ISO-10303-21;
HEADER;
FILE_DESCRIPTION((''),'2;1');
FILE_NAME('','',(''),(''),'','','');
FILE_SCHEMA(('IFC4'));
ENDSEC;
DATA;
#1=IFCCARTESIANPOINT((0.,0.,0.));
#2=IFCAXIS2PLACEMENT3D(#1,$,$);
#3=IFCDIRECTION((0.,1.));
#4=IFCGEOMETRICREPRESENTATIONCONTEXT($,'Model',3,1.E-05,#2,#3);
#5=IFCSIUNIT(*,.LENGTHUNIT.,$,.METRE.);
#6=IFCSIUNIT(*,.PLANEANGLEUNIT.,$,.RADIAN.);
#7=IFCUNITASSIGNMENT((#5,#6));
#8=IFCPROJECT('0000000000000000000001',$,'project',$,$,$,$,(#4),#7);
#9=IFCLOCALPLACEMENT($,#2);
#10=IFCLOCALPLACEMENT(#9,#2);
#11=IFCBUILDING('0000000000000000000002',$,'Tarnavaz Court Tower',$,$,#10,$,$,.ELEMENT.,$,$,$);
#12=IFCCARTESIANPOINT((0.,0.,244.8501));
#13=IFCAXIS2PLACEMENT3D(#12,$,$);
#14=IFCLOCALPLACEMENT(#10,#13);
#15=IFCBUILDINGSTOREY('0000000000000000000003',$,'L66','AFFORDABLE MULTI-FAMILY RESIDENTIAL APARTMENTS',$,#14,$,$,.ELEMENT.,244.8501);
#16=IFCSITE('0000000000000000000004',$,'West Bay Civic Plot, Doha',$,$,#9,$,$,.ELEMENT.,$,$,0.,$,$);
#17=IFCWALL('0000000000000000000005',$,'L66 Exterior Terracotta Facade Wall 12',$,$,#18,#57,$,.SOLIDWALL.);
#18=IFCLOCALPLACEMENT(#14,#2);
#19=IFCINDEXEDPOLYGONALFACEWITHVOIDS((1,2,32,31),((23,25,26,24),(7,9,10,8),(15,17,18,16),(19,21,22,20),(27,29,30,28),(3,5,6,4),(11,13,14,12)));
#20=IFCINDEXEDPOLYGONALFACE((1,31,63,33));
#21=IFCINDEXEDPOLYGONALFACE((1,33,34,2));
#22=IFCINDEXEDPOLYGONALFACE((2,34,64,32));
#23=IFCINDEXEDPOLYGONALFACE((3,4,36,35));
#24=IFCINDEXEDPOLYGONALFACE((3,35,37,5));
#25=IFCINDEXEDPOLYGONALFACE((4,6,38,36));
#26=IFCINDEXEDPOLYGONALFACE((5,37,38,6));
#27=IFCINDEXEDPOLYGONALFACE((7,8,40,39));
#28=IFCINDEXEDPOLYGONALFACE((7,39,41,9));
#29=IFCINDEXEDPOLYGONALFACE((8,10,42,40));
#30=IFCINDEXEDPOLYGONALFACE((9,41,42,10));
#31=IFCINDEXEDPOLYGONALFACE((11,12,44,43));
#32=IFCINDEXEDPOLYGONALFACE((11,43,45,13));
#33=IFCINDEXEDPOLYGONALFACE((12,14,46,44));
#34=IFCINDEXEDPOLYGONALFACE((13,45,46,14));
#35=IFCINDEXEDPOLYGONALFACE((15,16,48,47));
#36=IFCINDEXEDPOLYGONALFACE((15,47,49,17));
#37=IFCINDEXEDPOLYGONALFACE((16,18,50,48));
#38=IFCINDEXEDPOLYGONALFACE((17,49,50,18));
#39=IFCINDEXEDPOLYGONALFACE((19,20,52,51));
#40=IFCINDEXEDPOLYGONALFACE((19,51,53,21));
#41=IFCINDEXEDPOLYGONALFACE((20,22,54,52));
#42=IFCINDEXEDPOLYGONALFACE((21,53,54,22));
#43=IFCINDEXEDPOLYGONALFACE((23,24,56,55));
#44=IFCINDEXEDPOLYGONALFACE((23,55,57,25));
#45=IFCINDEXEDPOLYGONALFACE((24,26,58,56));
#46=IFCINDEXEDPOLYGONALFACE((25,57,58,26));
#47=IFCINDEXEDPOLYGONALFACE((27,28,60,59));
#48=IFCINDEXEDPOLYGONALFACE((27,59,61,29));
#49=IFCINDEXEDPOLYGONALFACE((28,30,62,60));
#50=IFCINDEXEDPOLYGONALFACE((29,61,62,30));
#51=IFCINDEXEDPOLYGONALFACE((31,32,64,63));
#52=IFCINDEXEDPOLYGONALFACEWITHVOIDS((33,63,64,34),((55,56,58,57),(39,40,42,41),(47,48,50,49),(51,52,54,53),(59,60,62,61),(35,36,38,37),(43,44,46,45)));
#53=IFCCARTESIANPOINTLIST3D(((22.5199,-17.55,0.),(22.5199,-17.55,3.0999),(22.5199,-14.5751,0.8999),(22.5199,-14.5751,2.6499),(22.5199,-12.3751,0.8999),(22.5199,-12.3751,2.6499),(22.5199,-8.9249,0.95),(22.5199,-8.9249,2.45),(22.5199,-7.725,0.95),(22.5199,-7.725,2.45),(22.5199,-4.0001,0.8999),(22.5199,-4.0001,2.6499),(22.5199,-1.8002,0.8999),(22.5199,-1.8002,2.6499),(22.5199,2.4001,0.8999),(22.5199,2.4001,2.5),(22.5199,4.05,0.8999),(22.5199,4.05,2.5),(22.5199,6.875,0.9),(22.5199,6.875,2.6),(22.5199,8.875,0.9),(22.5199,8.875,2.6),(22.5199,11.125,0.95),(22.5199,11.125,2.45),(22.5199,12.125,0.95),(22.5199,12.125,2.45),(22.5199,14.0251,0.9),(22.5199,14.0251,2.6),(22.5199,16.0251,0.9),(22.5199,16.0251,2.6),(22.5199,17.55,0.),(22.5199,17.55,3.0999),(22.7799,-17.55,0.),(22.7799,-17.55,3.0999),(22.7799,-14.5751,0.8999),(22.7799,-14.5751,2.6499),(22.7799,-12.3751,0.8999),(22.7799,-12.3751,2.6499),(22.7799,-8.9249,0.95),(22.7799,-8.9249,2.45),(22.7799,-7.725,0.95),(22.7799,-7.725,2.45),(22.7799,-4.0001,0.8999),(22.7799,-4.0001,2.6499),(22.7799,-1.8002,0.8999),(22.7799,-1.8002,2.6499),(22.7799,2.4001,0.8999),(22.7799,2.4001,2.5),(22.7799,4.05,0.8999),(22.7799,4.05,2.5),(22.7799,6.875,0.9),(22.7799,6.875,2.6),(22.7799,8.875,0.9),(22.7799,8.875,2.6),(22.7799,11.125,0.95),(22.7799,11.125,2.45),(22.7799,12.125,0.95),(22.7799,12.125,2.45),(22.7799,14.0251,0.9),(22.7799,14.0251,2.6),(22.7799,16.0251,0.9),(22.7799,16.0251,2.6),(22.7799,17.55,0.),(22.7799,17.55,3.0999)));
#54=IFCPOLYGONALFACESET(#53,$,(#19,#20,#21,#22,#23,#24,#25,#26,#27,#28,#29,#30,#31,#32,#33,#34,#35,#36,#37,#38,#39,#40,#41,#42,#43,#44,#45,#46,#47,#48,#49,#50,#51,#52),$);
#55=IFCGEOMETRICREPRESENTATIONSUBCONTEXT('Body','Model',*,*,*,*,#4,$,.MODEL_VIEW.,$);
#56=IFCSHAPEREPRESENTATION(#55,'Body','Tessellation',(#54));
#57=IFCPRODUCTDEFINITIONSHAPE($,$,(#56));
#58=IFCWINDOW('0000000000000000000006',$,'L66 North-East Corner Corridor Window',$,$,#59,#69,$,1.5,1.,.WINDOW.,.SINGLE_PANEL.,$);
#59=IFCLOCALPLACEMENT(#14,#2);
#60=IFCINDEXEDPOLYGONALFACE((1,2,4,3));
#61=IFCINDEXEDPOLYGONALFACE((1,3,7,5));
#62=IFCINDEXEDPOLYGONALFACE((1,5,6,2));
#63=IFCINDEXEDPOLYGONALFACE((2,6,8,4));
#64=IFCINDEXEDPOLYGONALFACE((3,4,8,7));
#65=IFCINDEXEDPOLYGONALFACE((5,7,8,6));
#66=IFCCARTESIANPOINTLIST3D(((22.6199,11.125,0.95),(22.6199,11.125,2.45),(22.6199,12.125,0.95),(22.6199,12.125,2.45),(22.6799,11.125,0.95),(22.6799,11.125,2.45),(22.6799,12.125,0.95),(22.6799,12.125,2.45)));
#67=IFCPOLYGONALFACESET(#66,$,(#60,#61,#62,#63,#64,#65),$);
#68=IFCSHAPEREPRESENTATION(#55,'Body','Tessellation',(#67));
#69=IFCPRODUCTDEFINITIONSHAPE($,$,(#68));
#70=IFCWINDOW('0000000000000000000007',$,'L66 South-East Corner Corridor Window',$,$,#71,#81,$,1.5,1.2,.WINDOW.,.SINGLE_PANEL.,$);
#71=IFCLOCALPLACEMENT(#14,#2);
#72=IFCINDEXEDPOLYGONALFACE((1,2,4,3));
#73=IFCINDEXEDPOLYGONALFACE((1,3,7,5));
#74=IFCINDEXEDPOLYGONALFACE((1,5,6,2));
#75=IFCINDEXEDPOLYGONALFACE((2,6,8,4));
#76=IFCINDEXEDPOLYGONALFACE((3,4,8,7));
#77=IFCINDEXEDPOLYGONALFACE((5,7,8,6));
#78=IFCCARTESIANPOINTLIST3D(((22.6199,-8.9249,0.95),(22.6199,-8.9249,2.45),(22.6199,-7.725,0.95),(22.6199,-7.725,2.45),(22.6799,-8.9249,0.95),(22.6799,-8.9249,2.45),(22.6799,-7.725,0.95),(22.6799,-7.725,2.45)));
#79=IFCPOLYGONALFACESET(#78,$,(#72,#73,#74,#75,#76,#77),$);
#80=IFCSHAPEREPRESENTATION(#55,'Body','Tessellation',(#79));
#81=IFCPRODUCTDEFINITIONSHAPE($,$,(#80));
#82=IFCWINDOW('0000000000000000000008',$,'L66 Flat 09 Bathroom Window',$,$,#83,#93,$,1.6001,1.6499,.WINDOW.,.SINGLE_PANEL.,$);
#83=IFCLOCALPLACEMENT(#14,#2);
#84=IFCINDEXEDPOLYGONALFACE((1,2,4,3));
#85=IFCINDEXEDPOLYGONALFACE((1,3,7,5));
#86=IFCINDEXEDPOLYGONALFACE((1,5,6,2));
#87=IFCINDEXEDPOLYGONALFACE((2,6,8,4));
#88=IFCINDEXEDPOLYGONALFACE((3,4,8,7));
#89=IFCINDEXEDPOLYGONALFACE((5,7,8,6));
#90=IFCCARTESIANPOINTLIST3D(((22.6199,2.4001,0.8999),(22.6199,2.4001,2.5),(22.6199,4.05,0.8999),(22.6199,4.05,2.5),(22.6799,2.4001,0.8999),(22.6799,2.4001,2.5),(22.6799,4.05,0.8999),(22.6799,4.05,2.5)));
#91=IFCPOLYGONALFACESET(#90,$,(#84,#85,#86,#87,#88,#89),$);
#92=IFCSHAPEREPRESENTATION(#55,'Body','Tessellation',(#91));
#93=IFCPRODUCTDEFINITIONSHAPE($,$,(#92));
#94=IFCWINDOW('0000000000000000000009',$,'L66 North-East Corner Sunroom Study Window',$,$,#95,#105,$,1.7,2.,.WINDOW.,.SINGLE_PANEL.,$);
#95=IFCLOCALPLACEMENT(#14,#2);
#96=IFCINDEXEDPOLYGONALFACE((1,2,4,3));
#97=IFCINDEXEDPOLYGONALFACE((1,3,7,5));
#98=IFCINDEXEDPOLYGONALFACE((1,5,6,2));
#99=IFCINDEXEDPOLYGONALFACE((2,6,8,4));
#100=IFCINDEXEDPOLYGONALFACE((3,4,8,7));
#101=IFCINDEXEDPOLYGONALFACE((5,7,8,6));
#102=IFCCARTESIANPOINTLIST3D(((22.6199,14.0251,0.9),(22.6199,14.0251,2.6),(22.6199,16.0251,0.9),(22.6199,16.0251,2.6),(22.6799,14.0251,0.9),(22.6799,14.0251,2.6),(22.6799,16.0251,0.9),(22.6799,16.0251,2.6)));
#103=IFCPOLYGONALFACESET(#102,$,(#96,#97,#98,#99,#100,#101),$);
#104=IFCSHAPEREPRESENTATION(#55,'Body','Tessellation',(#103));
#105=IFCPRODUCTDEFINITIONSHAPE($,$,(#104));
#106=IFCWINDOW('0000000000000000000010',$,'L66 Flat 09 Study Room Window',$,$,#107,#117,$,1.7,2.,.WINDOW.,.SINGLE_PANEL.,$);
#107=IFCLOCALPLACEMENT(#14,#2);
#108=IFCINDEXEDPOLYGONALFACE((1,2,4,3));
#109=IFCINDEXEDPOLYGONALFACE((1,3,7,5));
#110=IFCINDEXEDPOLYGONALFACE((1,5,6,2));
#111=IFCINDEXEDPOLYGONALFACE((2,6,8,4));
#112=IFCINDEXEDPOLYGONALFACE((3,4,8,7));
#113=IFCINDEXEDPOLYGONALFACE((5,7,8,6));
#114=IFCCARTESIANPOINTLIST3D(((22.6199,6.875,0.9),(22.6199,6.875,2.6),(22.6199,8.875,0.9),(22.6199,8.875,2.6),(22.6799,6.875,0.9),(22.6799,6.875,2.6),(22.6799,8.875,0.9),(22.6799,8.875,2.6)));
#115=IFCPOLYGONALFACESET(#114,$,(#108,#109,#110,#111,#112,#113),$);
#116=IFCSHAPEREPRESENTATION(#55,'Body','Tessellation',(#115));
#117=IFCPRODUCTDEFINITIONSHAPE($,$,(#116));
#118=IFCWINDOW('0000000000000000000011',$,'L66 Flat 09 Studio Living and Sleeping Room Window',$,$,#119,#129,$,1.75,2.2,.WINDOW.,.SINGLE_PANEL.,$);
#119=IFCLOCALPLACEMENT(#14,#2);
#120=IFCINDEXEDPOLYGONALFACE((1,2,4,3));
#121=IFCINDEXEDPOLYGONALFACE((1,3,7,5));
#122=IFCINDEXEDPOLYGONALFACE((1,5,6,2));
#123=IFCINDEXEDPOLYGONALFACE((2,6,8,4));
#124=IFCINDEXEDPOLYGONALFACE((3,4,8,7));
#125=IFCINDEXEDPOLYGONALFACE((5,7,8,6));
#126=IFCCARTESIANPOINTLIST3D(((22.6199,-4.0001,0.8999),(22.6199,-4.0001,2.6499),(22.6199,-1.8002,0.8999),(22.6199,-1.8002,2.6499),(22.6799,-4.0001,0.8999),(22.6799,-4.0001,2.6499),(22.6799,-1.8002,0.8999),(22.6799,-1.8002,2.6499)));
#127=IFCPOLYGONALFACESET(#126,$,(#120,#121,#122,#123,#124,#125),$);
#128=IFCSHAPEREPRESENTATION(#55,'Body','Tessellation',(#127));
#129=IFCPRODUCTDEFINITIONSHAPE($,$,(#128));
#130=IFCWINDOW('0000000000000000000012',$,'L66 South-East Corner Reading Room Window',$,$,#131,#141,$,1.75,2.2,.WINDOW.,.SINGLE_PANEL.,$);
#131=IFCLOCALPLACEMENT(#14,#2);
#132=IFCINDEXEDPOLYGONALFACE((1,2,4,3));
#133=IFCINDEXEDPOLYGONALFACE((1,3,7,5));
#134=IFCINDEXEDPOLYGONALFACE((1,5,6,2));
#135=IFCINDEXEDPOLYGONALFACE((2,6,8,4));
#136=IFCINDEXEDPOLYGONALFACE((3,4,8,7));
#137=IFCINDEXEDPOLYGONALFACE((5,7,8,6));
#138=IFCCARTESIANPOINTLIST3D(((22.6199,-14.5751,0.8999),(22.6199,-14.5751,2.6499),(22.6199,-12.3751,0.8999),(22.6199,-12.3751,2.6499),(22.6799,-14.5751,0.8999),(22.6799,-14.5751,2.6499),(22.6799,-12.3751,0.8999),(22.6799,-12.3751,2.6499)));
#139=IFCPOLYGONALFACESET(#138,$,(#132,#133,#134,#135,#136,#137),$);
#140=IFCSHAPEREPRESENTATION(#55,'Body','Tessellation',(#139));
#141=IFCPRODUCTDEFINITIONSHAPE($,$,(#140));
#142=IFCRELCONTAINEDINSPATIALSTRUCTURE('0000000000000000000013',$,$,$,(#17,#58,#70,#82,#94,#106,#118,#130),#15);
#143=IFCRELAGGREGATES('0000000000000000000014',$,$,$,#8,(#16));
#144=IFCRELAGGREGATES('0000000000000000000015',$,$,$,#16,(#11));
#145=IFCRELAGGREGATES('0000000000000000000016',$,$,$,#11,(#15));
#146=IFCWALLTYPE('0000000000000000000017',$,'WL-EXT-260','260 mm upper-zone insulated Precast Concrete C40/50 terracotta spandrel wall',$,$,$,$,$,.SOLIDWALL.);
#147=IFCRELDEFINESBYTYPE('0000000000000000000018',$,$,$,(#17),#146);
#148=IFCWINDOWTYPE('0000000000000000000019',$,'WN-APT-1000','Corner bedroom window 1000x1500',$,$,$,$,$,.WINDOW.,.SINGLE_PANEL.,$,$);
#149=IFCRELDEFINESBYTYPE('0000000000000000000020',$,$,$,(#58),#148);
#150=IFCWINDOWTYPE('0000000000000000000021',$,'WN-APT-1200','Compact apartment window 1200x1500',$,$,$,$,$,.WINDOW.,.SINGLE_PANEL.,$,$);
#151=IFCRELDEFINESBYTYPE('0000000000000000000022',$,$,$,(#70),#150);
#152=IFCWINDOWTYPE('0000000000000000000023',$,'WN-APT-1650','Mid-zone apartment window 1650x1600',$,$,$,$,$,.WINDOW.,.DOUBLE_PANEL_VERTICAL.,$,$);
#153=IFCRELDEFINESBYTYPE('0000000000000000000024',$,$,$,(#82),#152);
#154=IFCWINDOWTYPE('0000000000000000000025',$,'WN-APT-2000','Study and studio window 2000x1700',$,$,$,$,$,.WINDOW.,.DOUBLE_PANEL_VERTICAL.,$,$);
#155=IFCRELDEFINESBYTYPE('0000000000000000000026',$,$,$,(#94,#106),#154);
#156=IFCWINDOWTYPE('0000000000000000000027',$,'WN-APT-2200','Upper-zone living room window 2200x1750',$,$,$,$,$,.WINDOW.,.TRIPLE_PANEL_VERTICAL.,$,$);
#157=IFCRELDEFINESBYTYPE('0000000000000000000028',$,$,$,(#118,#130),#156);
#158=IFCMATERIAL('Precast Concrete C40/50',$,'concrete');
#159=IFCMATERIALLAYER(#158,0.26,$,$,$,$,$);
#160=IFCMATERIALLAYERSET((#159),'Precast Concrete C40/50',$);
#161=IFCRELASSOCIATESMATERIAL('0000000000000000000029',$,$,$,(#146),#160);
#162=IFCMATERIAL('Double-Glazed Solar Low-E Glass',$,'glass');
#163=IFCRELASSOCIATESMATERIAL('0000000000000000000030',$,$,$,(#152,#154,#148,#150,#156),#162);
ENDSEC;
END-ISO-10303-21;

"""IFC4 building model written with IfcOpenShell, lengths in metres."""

from ifc_helpers import new_model, si_unit, direction, frame, frame_2d, origin, place, context, subcontext, project, spatial, rectangle, extrude, material, layer, layer_set, type_object, element, fill, save


model = new_model("IFC4")

# Units and contexts
model_context = context("Model", 3, precision=1e-05, world=origin(), true_north=direction((0.0, 1.0)))
body_context = subcontext(model_context, "Body", "Model", "MODEL_VIEW")
ifc_project = project(units=[si_unit("LENGTHUNIT", "METRE"), si_unit("PLANEANGLEUNIT", "RADIAN")], contexts=[model_context])

# Site, building, storey
site_placement = place(None, origin())
site = spatial("IfcSite", under=ifc_project, at=site_placement, Name="West Bay Civic Plot, Doha", CompositionType="ELEMENT", RefElevation=0.0)
building_placement = place(site_placement, origin())
building = spatial("IfcBuilding", under=site, at=building_placement, Name="Tarnavaz Court Tower", CompositionType="ELEMENT")
storey_placement = place(building_placement, frame((0.0, 0.0, 244.8501)))
storey = spatial("IfcBuildingStorey", under=building, at=storey_placement, Name="L66", Description="AFFORDABLE MULTI-FAMILY RESIDENTIAL APARTMENTS", CompositionType="ELEMENT", Elevation=244.8501)

# Shared definitions
ifc_material_1 = material(Name="Precast Concrete C40/50", Category="concrete")
ifc_layer_1 = layer(ifc_material_1, 0.26)
ifc_layer_set_1 = layer_set([ifc_layer_1], Name="Precast Concrete C40/50")
wall_type_1 = type_object("IfcWallType", Name="WL-EXT-260", Description="260 mm upper-zone insulated Precast Concrete C40/50 terracotta spandrel wall", PredefinedType="SOLIDWALL", material=ifc_layer_set_1)
ifc_material_2 = material(Name="Double-Glazed Solar Low-E Glass", Category="glass")
window_type_1 = type_object("IfcWindowType", Name="WN-APT-1650", Description="Mid-zone apartment window 1650x1600", PartitioningType="DOUBLE_PANEL_VERTICAL", PredefinedType="WINDOW", material=ifc_material_2)
window_type_2 = type_object("IfcWindowType", Name="WN-APT-2000", Description="Study and studio window 2000x1700", PartitioningType="DOUBLE_PANEL_VERTICAL", PredefinedType="WINDOW", material=ifc_material_2)

# Wall, openings, windows
wall_1_placement = place(storey_placement, frame((22.6499, 17.55, 0.0), z_axis=(0.0, 0.0, 1.0), x_axis=(0.0, -1.0, 0.0)))
wall_1 = element("IfcWall", 1, at=wall_1_placement, inside=storey, type_object=wall_type_1, Name="L66 Exterior Terracotta Facade Wall 12", PredefinedType="SOLIDWALL", context=body_context, shape_type="SweptSolid", body=[
    extrude(rectangle(XDim=35.1001, YDim=0.26, at=frame_2d((17.55, 0.0))), origin(), (0.0, 0.0, 1.0), 3.0999),
])
opening_1_placement = place(wall_1_placement, frame((1.5249, 0.0, 0.8999)))
opening_1 = element("IfcOpeningElement", 2, at=opening_1_placement, cuts=wall_1, PredefinedType="OPENING", context=body_context, shape_type="SweptSolid", body=[
    extrude(rectangle(XDim=2.0, YDim=1.7, at=frame_2d((1.0, 0.8501))), frame((0.0, 0.1399, 0.0), z_axis=(0.0, -1.0, 0.0), x_axis=(1.0, 0.0, 0.0)), (0.0, 0.0, 1.0), 0.28),
])
opening_2_placement = place(wall_1_placement, frame((5.425, 0.0, 0.95)))
opening_2 = element("IfcOpeningElement", 3, at=opening_2_placement, cuts=wall_1, PredefinedType="OPENING", context=body_context, shape_type="SweptSolid", body=[
    extrude(rectangle(XDim=1.0, YDim=1.5, at=frame_2d((0.5, 0.75))), frame((0.0, 0.1399, 0.0), z_axis=(0.0, -1.0, 0.0), x_axis=(1.0, 0.0, 0.0)), (0.0, 0.0, 1.0), 0.28),
])
opening_3_placement = place(wall_1_placement, frame((8.675, 0.0, 0.8999)))
opening_3 = element("IfcOpeningElement", 4, at=opening_3_placement, cuts=wall_1, PredefinedType="OPENING", context=body_context, shape_type="SweptSolid", body=[
    extrude(rectangle(XDim=2.0, YDim=1.7, at=frame_2d((1.0, 0.8501))), frame((0.0, 0.1399, 0.0), z_axis=(0.0, -1.0, 0.0), x_axis=(1.0, 0.0, 0.0)), (0.0, 0.0, 1.0), 0.28),
])
opening_4_placement = place(wall_1_placement, frame((13.5, 0.0, 0.8999)))
opening_4 = element("IfcOpeningElement", 5, at=opening_4_placement, cuts=wall_1, PredefinedType="OPENING", context=body_context, shape_type="SweptSolid", body=[
    extrude(rectangle(XDim=1.6499, YDim=1.6001, at=frame_2d((0.825, 0.8))), frame((0.0, 0.1399, 0.0), z_axis=(0.0, -1.0, 0.0), x_axis=(1.0, 0.0, 0.0)), (0.0, 0.0, 1.0), 0.28),
])
opening_5_placement = place(wall_1_placement, frame((19.3501, 0.0, 0.8999)))
opening_5 = element("IfcOpeningElement", 6, at=opening_5_placement, cuts=wall_1, PredefinedType="OPENING", context=body_context, shape_type="SweptSolid", body=[
    extrude(rectangle(XDim=2.2, YDim=1.75, at=frame_2d((1.1001, 0.875))), frame((0.0, 0.1399, 0.0), z_axis=(0.0, -1.0, 0.0), x_axis=(1.0, 0.0, 0.0)), (0.0, 0.0, 1.0), 0.28),
])
opening_6_placement = place(wall_1_placement, frame((25.2749, 0.0, 0.95)))
opening_6 = element("IfcOpeningElement", 7, at=opening_6_placement, cuts=wall_1, PredefinedType="OPENING", context=body_context, shape_type="SweptSolid", body=[
    extrude(rectangle(XDim=1.2, YDim=1.5, at=frame_2d((0.6001, 0.75))), frame((0.0, 0.1399, 0.0), z_axis=(0.0, -1.0, 0.0), x_axis=(1.0, 0.0, 0.0)), (0.0, 0.0, 1.0), 0.28),
])
opening_7_placement = place(wall_1_placement, frame((29.925, 0.0, 0.8999)))
opening_7 = element("IfcOpeningElement", 8, at=opening_7_placement, cuts=wall_1, PredefinedType="OPENING", context=body_context, shape_type="SweptSolid", body=[
    extrude(rectangle(XDim=2.2, YDim=1.75, at=frame_2d((1.1001, 0.875))), frame((0.0, 0.1399, 0.0), z_axis=(0.0, -1.0, 0.0), x_axis=(1.0, 0.0, 0.0)), (0.0, 0.0, 1.0), 0.28),
])
window_type_3 = type_object("IfcWindowType", Name="WN-APT-1000", Description="Corner bedroom window 1000x1500", PartitioningType="SINGLE_PANEL", PredefinedType="WINDOW", material=ifc_material_2)
window_1_placement = place(opening_2_placement, origin())
window_1 = element("IfcWindow", 9, at=window_1_placement, inside=storey, type_object=window_type_3, Name="L66 North-East Corner Corridor Window", OverallHeight=1.5, OverallWidth=1.0, PartitioningType="SINGLE_PANEL", PredefinedType="WINDOW", context=body_context, shape_type="SweptSolid", body=[
    extrude(rectangle(XDim=1.0, YDim=1.5, at=frame_2d((0.5, 0.75))), frame((0.0, 0.03, 0.0), z_axis=(0.0, -1.0, 0.0), x_axis=(1.0, 0.0, 0.0)), (0.0, 0.0, 1.0), 0.0601),
])
fill(opening_2, window_1)
window_type_4 = type_object("IfcWindowType", Name="WN-APT-1200", Description="Compact apartment window 1200x1500", PartitioningType="SINGLE_PANEL", PredefinedType="WINDOW", material=ifc_material_2)
window_2_placement = place(opening_6_placement, origin())
window_2 = element("IfcWindow", 10, at=window_2_placement, inside=storey, type_object=window_type_4, Name="L66 South-East Corner Corridor Window", OverallHeight=1.5, OverallWidth=1.2, PartitioningType="SINGLE_PANEL", PredefinedType="WINDOW", context=body_context, shape_type="SweptSolid", body=[
    extrude(rectangle(XDim=1.2, YDim=1.5, at=frame_2d((0.6001, 0.75))), frame((0.0, 0.03, 0.0), z_axis=(0.0, -1.0, 0.0), x_axis=(1.0, 0.0, 0.0)), (0.0, 0.0, 1.0), 0.0601),
])
fill(opening_6, window_2)
window_3_placement = place(opening_4_placement, origin())
window_3 = element("IfcWindow", 11, at=window_3_placement, inside=storey, type_object=window_type_1, Name="L66 Flat 09 Bathroom Window", OverallHeight=1.6001, OverallWidth=1.6499, PartitioningType="SINGLE_PANEL", PredefinedType="WINDOW", context=body_context, shape_type="SweptSolid", body=[
    extrude(rectangle(XDim=1.6499, YDim=1.6001, at=frame_2d((0.825, 0.8))), frame((0.0, 0.03, 0.0), z_axis=(0.0, -1.0, 0.0), x_axis=(1.0, 0.0, 0.0)), (0.0, 0.0, 1.0), 0.0601),
])
fill(opening_4, window_3)
window_4_placement = place(opening_1_placement, origin())
window_4 = element("IfcWindow", 12, at=window_4_placement, inside=storey, type_object=window_type_2, Name="L66 North-East Corner Sunroom Study Window", OverallHeight=1.7, OverallWidth=2.0, PartitioningType="SINGLE_PANEL", PredefinedType="WINDOW", context=body_context, shape_type="SweptSolid", body=[
    extrude(rectangle(XDim=2.0, YDim=1.7, at=frame_2d((1.0, 0.8501))), frame((0.0, 0.03, 0.0), z_axis=(0.0, -1.0, 0.0), x_axis=(1.0, 0.0, 0.0)), (0.0, 0.0, 1.0), 0.0601),
])
fill(opening_1, window_4)
window_5_placement = place(opening_3_placement, origin())
window_5 = element("IfcWindow", 13, at=window_5_placement, inside=storey, type_object=window_type_2, Name="L66 Flat 09 Study Room Window", OverallHeight=1.7, OverallWidth=2.0, PartitioningType="SINGLE_PANEL", PredefinedType="WINDOW", context=body_context, shape_type="SweptSolid", body=[
    extrude(rectangle(XDim=2.0, YDim=1.7, at=frame_2d((1.0, 0.8501))), frame((0.0, 0.03, 0.0), z_axis=(0.0, -1.0, 0.0), x_axis=(1.0, 0.0, 0.0)), (0.0, 0.0, 1.0), 0.0601),
])
fill(opening_3, window_5)
window_type_5 = type_object("IfcWindowType", Name="WN-APT-2200", Description="Upper-zone living room window 2200x1750", PartitioningType="TRIPLE_PANEL_VERTICAL", PredefinedType="WINDOW", material=ifc_material_2)
window_6_placement = place(opening_5_placement, origin())
window_6 = element("IfcWindow", 14, at=window_6_placement, inside=storey, type_object=window_type_5, Name="L66 Flat 09 Studio Living and Sleeping Room Window", OverallHeight=1.75, OverallWidth=2.2, PartitioningType="SINGLE_PANEL", PredefinedType="WINDOW", context=body_context, shape_type="SweptSolid", body=[
    extrude(rectangle(XDim=2.2, YDim=1.75, at=frame_2d((1.1001, 0.875))), frame((0.0, 0.03, 0.0), z_axis=(0.0, -1.0, 0.0), x_axis=(1.0, 0.0, 0.0)), (0.0, 0.0, 1.0), 0.0601),
])
fill(opening_5, window_6)
window_7_placement = place(opening_7_placement, origin())
window_7 = element("IfcWindow", 15, at=window_7_placement, inside=storey, type_object=window_type_5, Name="L66 South-East Corner Reading Room Window", OverallHeight=1.75, OverallWidth=2.2, PartitioningType="SINGLE_PANEL", PredefinedType="WINDOW", context=body_context, shape_type="SweptSolid", body=[
    extrude(rectangle(XDim=2.2, YDim=1.75, at=frame_2d((1.1001, 0.875))), frame((0.0, 0.03, 0.0), z_axis=(0.0, -1.0, 0.0), x_axis=(1.0, 0.0, 0.0)), (0.0, 0.0, 1.0), 0.0601),
])
fill(opening_7, window_7)

save(model, "model.ifc")
